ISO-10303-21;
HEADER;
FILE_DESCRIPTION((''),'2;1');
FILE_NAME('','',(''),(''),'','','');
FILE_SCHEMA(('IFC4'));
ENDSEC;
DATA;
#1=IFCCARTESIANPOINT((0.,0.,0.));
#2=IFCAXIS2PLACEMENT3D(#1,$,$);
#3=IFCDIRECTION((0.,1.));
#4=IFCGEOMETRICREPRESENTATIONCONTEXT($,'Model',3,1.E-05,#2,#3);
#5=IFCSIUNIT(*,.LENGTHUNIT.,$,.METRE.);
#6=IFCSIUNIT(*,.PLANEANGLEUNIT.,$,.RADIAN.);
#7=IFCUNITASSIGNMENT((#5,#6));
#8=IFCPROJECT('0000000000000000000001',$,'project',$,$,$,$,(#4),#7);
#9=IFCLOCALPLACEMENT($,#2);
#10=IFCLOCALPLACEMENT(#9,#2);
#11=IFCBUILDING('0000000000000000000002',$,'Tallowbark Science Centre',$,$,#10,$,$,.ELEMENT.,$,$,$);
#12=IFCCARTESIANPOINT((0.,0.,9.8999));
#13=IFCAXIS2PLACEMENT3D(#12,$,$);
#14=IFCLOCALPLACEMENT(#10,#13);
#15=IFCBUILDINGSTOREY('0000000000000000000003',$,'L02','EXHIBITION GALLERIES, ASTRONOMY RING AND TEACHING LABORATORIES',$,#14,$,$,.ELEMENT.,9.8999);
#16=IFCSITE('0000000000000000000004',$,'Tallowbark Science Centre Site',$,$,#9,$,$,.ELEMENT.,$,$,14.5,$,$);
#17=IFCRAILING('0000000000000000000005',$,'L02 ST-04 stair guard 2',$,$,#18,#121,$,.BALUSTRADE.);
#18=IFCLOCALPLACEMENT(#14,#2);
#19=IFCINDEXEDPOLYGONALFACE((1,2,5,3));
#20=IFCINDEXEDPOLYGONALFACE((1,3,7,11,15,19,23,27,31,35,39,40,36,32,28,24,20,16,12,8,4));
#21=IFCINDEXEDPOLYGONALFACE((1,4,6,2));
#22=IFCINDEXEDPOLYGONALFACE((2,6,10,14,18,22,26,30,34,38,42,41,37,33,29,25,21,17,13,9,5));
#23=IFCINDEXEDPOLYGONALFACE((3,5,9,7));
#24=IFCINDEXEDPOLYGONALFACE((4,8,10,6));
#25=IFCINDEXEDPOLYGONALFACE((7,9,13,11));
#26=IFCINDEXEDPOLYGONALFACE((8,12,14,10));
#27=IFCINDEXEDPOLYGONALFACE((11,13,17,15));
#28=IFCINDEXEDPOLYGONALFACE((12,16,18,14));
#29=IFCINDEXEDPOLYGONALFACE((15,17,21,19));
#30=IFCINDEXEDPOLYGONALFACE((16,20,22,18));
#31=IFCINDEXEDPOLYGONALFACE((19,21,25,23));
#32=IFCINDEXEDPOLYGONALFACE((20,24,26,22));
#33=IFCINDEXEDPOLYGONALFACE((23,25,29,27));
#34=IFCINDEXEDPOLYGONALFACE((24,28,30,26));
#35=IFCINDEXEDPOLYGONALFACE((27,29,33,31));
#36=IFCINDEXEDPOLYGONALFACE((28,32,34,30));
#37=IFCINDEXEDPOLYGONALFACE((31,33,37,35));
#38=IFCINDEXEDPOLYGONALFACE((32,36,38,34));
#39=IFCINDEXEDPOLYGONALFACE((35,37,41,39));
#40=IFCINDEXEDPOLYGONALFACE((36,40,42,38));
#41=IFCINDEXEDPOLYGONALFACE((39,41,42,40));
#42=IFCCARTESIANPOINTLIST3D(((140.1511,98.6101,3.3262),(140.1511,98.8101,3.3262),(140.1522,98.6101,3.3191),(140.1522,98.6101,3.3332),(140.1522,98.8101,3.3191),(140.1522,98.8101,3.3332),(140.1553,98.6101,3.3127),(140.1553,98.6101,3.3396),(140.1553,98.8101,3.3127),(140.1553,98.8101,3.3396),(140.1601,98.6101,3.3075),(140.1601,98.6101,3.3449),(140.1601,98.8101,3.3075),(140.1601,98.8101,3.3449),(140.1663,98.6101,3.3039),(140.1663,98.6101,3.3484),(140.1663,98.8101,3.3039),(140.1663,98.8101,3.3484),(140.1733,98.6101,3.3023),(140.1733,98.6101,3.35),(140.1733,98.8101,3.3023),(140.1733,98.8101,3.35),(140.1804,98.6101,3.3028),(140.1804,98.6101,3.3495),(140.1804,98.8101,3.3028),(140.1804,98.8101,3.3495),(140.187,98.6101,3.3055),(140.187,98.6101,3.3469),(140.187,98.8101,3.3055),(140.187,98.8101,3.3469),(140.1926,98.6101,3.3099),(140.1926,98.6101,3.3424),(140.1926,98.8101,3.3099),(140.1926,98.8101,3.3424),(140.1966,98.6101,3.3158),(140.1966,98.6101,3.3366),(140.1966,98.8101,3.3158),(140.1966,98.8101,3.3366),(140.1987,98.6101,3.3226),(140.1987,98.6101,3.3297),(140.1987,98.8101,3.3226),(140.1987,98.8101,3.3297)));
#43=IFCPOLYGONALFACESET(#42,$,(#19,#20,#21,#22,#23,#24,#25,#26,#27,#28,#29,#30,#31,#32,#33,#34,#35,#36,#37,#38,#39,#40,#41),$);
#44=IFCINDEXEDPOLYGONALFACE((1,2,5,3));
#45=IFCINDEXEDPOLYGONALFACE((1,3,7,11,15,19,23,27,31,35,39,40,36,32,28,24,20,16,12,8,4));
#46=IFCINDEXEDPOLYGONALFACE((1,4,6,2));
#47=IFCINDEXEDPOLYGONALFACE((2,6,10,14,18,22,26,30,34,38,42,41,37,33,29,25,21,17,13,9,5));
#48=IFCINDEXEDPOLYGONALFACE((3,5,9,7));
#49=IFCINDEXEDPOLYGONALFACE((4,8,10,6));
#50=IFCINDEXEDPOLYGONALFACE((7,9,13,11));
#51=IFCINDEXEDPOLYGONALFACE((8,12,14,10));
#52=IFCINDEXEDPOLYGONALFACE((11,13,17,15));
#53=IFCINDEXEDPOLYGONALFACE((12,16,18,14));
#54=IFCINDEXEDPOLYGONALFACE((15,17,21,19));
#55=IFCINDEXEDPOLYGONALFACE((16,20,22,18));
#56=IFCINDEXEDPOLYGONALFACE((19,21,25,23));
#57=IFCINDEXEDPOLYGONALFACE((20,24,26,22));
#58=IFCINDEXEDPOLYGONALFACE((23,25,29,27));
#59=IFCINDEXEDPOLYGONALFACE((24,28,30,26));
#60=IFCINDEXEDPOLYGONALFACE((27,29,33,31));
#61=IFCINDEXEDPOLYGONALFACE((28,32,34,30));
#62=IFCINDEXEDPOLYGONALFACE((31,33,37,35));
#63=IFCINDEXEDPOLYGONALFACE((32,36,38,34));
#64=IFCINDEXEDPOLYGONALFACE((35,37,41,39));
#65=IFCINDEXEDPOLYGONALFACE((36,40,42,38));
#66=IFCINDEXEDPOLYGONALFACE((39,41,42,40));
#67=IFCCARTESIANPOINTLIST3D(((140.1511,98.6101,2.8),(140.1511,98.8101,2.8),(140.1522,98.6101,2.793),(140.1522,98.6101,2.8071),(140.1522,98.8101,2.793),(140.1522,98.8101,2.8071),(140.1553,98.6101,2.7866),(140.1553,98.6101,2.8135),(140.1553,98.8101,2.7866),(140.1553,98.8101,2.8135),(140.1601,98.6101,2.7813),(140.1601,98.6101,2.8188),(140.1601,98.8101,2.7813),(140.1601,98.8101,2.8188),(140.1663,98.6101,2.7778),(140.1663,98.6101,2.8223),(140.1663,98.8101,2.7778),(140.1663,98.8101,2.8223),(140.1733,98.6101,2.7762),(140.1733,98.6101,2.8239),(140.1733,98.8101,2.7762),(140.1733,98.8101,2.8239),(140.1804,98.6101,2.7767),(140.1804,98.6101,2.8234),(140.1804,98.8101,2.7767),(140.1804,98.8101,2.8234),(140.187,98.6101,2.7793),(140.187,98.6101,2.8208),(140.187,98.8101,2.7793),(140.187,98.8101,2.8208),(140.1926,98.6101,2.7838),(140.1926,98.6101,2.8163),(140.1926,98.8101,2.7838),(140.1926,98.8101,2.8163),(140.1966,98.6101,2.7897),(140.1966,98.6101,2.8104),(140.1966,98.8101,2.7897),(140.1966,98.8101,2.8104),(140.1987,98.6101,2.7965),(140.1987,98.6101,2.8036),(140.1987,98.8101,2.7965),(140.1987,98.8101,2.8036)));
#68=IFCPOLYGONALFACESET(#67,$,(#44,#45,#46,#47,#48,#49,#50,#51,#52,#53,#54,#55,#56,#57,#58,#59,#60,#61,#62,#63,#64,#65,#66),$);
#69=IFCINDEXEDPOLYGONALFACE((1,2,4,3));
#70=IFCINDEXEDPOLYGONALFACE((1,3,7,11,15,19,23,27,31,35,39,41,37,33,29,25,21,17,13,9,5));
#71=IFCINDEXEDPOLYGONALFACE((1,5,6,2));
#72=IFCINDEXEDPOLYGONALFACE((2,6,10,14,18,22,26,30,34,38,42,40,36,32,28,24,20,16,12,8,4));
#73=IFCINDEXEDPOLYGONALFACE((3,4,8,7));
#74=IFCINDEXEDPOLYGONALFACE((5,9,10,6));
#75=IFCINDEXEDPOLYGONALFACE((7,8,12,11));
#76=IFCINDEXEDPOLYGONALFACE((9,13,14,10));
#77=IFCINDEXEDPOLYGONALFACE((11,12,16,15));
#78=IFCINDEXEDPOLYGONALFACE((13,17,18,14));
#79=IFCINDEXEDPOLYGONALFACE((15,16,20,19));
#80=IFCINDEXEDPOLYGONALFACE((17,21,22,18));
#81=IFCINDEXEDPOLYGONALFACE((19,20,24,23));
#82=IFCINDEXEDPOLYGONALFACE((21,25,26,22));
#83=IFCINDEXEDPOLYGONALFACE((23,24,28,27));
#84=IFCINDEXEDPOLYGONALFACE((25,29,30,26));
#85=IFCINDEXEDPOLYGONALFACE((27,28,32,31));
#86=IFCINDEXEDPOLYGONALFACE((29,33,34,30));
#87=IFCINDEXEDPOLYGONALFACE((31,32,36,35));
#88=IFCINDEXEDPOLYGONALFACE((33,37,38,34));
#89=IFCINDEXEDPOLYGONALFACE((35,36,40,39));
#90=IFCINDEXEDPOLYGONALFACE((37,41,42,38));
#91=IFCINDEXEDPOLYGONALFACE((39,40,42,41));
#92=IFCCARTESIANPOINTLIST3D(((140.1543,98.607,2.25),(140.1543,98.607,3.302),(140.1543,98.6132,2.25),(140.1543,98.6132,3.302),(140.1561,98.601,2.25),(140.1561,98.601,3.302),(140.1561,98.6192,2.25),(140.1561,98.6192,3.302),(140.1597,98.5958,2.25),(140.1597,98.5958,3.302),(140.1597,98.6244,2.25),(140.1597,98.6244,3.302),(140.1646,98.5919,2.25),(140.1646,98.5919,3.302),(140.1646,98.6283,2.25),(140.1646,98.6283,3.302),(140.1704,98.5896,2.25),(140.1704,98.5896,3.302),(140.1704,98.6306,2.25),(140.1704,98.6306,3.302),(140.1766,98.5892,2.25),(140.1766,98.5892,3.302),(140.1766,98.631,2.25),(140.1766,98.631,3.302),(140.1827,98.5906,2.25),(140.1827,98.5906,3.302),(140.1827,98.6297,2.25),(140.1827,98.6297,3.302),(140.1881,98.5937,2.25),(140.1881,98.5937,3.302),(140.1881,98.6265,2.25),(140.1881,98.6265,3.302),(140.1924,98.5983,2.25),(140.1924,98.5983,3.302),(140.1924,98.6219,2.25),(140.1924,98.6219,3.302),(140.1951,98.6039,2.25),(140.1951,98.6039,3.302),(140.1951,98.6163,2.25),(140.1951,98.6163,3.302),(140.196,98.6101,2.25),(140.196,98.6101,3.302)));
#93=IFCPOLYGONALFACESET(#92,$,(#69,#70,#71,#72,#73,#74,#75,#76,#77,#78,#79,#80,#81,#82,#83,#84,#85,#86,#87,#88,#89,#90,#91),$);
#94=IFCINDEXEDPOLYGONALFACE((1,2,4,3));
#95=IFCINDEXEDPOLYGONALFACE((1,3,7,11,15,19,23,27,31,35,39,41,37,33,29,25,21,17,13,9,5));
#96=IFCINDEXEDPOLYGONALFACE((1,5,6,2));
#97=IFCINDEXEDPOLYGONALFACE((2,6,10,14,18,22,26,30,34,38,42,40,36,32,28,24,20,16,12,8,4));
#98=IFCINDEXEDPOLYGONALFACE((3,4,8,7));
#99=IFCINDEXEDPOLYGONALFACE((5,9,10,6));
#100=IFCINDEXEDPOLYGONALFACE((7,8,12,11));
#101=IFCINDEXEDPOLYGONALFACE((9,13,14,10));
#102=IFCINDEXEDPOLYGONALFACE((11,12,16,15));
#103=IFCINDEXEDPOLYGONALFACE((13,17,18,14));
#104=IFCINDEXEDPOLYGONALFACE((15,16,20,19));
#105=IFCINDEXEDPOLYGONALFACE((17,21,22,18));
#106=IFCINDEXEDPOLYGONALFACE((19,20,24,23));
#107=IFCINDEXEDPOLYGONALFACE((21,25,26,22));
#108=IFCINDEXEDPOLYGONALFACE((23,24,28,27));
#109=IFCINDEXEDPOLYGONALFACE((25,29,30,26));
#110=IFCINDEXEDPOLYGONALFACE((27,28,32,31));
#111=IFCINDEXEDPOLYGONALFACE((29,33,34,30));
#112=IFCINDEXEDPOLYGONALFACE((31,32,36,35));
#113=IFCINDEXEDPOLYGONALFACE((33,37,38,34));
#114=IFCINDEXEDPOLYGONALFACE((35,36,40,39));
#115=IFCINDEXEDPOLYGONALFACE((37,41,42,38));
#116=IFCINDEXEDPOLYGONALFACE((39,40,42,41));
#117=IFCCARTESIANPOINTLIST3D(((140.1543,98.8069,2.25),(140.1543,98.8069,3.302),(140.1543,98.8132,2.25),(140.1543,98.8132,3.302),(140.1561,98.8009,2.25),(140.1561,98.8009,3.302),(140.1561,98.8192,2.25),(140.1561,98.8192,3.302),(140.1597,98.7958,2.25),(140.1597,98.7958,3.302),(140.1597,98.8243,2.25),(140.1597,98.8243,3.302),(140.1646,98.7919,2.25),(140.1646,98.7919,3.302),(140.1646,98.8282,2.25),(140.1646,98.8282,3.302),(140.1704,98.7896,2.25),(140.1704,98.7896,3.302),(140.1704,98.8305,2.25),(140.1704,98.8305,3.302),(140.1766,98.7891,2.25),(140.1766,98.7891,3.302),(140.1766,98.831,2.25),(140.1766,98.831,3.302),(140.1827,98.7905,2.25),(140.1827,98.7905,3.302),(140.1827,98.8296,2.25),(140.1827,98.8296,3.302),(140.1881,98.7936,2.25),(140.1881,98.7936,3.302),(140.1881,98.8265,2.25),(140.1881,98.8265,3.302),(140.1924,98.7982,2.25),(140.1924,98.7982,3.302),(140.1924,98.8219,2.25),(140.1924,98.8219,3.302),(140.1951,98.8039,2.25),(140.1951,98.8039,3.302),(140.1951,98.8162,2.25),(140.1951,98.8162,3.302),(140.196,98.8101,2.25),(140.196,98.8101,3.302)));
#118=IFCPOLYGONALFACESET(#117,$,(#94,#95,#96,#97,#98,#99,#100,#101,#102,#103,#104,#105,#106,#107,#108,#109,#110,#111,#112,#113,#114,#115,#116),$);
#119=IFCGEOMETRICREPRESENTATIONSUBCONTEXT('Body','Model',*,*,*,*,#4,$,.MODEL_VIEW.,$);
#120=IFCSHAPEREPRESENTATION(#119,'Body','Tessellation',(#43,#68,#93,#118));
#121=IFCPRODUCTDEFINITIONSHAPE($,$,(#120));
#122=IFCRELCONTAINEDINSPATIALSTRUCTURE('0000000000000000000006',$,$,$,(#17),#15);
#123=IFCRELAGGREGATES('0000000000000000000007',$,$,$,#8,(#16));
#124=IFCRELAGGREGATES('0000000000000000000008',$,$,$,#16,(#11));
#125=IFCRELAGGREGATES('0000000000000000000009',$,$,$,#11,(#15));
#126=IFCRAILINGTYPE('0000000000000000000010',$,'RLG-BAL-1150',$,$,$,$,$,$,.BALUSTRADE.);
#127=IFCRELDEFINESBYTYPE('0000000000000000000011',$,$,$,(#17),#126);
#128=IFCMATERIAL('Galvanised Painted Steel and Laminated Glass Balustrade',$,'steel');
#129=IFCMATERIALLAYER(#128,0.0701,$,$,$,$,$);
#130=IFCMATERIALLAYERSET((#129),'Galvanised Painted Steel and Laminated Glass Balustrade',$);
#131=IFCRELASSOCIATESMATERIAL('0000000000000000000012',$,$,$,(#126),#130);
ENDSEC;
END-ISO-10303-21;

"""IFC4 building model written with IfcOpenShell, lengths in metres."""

from ifc_helpers import new_model, si_unit, direction, frame, origin, origin_2d, place, context, subcontext, project, spatial, circle, extrude, material, layer, layer_set, type_object, element, save


model = new_model("IFC4")

# Units and contexts
model_context = context("Model", 3, precision=1e-05, world=origin(), true_north=direction((0.0, 1.0)))
body_context = subcontext(model_context, "Body", "Model", "MODEL_VIEW")
ifc_project = project(units=[si_unit("LENGTHUNIT", "METRE"), si_unit("PLANEANGLEUNIT", "RADIAN")], contexts=[model_context])

# Site, building, storey
site_placement = place(None, origin())
site = spatial("IfcSite", under=ifc_project, at=site_placement, Name="Tallowbark Science Centre Site", CompositionType="ELEMENT", RefElevation=14.5)
building_placement = place(site_placement, origin())
building = spatial("IfcBuilding", under=site, at=building_placement, Name="Tallowbark Science Centre", CompositionType="ELEMENT")
storey_placement = place(building_placement, frame((0.0, 0.0, 9.8999)))
storey = spatial("IfcBuildingStorey", under=building, at=storey_placement, Name="L02", Description="EXHIBITION GALLERIES, ASTRONOMY RING AND TEACHING LABORATORIES", CompositionType="ELEMENT", Elevation=9.8999)

# Railing
ifc_material_1 = material(Name="Galvanised Painted Steel and Laminated Glass Balustrade", Category="steel")
ifc_layer_1 = layer(ifc_material_1, 0.0701)
ifc_layer_set_1 = layer_set([ifc_layer_1], Name="Galvanised Painted Steel and Laminated Glass Balustrade")
railing_type_1 = type_object("IfcRailingType", Name="RLG-BAL-1150", PredefinedType="BALUSTRADE", material=ifc_layer_set_1)
railing_1_placement = place(storey_placement, frame((140.175, 98.6101, 2.25)))
element("IfcRailing", 1, at=railing_1_placement, inside=storey, type_object=railing_type_1, Name="L02 ST-04 stair guard 2", PredefinedType="BALUSTRADE", context=body_context, shape_type="SweptSolid", body=[
    extrude(circle(Radius=0.0239, at=origin_2d()), frame((0.0, 0.0, 1.0762), z_axis=(0.0, 1.0, 0.0), x_axis=(-1.0, 0.0, 0.0)), (0.0, 0.0, 1.0), 0.2),
    extrude(circle(Radius=0.0239, at=origin_2d()), frame((0.0, 0.0, 0.55), z_axis=(0.0, 1.0, 0.0), x_axis=(-1.0, 0.0, 0.0)), (0.0, 0.0, 1.0), 0.2),
    extrude(circle(Radius=0.021, at=origin_2d()), origin(), (0.0, 0.0, 1.0), 1.052),
    extrude(circle(Radius=0.021, at=origin_2d()), frame((0.0, 0.2, 0.0)), (0.0, 0.0, 1.0), 1.052),
])

save(model, "model.ifc")
